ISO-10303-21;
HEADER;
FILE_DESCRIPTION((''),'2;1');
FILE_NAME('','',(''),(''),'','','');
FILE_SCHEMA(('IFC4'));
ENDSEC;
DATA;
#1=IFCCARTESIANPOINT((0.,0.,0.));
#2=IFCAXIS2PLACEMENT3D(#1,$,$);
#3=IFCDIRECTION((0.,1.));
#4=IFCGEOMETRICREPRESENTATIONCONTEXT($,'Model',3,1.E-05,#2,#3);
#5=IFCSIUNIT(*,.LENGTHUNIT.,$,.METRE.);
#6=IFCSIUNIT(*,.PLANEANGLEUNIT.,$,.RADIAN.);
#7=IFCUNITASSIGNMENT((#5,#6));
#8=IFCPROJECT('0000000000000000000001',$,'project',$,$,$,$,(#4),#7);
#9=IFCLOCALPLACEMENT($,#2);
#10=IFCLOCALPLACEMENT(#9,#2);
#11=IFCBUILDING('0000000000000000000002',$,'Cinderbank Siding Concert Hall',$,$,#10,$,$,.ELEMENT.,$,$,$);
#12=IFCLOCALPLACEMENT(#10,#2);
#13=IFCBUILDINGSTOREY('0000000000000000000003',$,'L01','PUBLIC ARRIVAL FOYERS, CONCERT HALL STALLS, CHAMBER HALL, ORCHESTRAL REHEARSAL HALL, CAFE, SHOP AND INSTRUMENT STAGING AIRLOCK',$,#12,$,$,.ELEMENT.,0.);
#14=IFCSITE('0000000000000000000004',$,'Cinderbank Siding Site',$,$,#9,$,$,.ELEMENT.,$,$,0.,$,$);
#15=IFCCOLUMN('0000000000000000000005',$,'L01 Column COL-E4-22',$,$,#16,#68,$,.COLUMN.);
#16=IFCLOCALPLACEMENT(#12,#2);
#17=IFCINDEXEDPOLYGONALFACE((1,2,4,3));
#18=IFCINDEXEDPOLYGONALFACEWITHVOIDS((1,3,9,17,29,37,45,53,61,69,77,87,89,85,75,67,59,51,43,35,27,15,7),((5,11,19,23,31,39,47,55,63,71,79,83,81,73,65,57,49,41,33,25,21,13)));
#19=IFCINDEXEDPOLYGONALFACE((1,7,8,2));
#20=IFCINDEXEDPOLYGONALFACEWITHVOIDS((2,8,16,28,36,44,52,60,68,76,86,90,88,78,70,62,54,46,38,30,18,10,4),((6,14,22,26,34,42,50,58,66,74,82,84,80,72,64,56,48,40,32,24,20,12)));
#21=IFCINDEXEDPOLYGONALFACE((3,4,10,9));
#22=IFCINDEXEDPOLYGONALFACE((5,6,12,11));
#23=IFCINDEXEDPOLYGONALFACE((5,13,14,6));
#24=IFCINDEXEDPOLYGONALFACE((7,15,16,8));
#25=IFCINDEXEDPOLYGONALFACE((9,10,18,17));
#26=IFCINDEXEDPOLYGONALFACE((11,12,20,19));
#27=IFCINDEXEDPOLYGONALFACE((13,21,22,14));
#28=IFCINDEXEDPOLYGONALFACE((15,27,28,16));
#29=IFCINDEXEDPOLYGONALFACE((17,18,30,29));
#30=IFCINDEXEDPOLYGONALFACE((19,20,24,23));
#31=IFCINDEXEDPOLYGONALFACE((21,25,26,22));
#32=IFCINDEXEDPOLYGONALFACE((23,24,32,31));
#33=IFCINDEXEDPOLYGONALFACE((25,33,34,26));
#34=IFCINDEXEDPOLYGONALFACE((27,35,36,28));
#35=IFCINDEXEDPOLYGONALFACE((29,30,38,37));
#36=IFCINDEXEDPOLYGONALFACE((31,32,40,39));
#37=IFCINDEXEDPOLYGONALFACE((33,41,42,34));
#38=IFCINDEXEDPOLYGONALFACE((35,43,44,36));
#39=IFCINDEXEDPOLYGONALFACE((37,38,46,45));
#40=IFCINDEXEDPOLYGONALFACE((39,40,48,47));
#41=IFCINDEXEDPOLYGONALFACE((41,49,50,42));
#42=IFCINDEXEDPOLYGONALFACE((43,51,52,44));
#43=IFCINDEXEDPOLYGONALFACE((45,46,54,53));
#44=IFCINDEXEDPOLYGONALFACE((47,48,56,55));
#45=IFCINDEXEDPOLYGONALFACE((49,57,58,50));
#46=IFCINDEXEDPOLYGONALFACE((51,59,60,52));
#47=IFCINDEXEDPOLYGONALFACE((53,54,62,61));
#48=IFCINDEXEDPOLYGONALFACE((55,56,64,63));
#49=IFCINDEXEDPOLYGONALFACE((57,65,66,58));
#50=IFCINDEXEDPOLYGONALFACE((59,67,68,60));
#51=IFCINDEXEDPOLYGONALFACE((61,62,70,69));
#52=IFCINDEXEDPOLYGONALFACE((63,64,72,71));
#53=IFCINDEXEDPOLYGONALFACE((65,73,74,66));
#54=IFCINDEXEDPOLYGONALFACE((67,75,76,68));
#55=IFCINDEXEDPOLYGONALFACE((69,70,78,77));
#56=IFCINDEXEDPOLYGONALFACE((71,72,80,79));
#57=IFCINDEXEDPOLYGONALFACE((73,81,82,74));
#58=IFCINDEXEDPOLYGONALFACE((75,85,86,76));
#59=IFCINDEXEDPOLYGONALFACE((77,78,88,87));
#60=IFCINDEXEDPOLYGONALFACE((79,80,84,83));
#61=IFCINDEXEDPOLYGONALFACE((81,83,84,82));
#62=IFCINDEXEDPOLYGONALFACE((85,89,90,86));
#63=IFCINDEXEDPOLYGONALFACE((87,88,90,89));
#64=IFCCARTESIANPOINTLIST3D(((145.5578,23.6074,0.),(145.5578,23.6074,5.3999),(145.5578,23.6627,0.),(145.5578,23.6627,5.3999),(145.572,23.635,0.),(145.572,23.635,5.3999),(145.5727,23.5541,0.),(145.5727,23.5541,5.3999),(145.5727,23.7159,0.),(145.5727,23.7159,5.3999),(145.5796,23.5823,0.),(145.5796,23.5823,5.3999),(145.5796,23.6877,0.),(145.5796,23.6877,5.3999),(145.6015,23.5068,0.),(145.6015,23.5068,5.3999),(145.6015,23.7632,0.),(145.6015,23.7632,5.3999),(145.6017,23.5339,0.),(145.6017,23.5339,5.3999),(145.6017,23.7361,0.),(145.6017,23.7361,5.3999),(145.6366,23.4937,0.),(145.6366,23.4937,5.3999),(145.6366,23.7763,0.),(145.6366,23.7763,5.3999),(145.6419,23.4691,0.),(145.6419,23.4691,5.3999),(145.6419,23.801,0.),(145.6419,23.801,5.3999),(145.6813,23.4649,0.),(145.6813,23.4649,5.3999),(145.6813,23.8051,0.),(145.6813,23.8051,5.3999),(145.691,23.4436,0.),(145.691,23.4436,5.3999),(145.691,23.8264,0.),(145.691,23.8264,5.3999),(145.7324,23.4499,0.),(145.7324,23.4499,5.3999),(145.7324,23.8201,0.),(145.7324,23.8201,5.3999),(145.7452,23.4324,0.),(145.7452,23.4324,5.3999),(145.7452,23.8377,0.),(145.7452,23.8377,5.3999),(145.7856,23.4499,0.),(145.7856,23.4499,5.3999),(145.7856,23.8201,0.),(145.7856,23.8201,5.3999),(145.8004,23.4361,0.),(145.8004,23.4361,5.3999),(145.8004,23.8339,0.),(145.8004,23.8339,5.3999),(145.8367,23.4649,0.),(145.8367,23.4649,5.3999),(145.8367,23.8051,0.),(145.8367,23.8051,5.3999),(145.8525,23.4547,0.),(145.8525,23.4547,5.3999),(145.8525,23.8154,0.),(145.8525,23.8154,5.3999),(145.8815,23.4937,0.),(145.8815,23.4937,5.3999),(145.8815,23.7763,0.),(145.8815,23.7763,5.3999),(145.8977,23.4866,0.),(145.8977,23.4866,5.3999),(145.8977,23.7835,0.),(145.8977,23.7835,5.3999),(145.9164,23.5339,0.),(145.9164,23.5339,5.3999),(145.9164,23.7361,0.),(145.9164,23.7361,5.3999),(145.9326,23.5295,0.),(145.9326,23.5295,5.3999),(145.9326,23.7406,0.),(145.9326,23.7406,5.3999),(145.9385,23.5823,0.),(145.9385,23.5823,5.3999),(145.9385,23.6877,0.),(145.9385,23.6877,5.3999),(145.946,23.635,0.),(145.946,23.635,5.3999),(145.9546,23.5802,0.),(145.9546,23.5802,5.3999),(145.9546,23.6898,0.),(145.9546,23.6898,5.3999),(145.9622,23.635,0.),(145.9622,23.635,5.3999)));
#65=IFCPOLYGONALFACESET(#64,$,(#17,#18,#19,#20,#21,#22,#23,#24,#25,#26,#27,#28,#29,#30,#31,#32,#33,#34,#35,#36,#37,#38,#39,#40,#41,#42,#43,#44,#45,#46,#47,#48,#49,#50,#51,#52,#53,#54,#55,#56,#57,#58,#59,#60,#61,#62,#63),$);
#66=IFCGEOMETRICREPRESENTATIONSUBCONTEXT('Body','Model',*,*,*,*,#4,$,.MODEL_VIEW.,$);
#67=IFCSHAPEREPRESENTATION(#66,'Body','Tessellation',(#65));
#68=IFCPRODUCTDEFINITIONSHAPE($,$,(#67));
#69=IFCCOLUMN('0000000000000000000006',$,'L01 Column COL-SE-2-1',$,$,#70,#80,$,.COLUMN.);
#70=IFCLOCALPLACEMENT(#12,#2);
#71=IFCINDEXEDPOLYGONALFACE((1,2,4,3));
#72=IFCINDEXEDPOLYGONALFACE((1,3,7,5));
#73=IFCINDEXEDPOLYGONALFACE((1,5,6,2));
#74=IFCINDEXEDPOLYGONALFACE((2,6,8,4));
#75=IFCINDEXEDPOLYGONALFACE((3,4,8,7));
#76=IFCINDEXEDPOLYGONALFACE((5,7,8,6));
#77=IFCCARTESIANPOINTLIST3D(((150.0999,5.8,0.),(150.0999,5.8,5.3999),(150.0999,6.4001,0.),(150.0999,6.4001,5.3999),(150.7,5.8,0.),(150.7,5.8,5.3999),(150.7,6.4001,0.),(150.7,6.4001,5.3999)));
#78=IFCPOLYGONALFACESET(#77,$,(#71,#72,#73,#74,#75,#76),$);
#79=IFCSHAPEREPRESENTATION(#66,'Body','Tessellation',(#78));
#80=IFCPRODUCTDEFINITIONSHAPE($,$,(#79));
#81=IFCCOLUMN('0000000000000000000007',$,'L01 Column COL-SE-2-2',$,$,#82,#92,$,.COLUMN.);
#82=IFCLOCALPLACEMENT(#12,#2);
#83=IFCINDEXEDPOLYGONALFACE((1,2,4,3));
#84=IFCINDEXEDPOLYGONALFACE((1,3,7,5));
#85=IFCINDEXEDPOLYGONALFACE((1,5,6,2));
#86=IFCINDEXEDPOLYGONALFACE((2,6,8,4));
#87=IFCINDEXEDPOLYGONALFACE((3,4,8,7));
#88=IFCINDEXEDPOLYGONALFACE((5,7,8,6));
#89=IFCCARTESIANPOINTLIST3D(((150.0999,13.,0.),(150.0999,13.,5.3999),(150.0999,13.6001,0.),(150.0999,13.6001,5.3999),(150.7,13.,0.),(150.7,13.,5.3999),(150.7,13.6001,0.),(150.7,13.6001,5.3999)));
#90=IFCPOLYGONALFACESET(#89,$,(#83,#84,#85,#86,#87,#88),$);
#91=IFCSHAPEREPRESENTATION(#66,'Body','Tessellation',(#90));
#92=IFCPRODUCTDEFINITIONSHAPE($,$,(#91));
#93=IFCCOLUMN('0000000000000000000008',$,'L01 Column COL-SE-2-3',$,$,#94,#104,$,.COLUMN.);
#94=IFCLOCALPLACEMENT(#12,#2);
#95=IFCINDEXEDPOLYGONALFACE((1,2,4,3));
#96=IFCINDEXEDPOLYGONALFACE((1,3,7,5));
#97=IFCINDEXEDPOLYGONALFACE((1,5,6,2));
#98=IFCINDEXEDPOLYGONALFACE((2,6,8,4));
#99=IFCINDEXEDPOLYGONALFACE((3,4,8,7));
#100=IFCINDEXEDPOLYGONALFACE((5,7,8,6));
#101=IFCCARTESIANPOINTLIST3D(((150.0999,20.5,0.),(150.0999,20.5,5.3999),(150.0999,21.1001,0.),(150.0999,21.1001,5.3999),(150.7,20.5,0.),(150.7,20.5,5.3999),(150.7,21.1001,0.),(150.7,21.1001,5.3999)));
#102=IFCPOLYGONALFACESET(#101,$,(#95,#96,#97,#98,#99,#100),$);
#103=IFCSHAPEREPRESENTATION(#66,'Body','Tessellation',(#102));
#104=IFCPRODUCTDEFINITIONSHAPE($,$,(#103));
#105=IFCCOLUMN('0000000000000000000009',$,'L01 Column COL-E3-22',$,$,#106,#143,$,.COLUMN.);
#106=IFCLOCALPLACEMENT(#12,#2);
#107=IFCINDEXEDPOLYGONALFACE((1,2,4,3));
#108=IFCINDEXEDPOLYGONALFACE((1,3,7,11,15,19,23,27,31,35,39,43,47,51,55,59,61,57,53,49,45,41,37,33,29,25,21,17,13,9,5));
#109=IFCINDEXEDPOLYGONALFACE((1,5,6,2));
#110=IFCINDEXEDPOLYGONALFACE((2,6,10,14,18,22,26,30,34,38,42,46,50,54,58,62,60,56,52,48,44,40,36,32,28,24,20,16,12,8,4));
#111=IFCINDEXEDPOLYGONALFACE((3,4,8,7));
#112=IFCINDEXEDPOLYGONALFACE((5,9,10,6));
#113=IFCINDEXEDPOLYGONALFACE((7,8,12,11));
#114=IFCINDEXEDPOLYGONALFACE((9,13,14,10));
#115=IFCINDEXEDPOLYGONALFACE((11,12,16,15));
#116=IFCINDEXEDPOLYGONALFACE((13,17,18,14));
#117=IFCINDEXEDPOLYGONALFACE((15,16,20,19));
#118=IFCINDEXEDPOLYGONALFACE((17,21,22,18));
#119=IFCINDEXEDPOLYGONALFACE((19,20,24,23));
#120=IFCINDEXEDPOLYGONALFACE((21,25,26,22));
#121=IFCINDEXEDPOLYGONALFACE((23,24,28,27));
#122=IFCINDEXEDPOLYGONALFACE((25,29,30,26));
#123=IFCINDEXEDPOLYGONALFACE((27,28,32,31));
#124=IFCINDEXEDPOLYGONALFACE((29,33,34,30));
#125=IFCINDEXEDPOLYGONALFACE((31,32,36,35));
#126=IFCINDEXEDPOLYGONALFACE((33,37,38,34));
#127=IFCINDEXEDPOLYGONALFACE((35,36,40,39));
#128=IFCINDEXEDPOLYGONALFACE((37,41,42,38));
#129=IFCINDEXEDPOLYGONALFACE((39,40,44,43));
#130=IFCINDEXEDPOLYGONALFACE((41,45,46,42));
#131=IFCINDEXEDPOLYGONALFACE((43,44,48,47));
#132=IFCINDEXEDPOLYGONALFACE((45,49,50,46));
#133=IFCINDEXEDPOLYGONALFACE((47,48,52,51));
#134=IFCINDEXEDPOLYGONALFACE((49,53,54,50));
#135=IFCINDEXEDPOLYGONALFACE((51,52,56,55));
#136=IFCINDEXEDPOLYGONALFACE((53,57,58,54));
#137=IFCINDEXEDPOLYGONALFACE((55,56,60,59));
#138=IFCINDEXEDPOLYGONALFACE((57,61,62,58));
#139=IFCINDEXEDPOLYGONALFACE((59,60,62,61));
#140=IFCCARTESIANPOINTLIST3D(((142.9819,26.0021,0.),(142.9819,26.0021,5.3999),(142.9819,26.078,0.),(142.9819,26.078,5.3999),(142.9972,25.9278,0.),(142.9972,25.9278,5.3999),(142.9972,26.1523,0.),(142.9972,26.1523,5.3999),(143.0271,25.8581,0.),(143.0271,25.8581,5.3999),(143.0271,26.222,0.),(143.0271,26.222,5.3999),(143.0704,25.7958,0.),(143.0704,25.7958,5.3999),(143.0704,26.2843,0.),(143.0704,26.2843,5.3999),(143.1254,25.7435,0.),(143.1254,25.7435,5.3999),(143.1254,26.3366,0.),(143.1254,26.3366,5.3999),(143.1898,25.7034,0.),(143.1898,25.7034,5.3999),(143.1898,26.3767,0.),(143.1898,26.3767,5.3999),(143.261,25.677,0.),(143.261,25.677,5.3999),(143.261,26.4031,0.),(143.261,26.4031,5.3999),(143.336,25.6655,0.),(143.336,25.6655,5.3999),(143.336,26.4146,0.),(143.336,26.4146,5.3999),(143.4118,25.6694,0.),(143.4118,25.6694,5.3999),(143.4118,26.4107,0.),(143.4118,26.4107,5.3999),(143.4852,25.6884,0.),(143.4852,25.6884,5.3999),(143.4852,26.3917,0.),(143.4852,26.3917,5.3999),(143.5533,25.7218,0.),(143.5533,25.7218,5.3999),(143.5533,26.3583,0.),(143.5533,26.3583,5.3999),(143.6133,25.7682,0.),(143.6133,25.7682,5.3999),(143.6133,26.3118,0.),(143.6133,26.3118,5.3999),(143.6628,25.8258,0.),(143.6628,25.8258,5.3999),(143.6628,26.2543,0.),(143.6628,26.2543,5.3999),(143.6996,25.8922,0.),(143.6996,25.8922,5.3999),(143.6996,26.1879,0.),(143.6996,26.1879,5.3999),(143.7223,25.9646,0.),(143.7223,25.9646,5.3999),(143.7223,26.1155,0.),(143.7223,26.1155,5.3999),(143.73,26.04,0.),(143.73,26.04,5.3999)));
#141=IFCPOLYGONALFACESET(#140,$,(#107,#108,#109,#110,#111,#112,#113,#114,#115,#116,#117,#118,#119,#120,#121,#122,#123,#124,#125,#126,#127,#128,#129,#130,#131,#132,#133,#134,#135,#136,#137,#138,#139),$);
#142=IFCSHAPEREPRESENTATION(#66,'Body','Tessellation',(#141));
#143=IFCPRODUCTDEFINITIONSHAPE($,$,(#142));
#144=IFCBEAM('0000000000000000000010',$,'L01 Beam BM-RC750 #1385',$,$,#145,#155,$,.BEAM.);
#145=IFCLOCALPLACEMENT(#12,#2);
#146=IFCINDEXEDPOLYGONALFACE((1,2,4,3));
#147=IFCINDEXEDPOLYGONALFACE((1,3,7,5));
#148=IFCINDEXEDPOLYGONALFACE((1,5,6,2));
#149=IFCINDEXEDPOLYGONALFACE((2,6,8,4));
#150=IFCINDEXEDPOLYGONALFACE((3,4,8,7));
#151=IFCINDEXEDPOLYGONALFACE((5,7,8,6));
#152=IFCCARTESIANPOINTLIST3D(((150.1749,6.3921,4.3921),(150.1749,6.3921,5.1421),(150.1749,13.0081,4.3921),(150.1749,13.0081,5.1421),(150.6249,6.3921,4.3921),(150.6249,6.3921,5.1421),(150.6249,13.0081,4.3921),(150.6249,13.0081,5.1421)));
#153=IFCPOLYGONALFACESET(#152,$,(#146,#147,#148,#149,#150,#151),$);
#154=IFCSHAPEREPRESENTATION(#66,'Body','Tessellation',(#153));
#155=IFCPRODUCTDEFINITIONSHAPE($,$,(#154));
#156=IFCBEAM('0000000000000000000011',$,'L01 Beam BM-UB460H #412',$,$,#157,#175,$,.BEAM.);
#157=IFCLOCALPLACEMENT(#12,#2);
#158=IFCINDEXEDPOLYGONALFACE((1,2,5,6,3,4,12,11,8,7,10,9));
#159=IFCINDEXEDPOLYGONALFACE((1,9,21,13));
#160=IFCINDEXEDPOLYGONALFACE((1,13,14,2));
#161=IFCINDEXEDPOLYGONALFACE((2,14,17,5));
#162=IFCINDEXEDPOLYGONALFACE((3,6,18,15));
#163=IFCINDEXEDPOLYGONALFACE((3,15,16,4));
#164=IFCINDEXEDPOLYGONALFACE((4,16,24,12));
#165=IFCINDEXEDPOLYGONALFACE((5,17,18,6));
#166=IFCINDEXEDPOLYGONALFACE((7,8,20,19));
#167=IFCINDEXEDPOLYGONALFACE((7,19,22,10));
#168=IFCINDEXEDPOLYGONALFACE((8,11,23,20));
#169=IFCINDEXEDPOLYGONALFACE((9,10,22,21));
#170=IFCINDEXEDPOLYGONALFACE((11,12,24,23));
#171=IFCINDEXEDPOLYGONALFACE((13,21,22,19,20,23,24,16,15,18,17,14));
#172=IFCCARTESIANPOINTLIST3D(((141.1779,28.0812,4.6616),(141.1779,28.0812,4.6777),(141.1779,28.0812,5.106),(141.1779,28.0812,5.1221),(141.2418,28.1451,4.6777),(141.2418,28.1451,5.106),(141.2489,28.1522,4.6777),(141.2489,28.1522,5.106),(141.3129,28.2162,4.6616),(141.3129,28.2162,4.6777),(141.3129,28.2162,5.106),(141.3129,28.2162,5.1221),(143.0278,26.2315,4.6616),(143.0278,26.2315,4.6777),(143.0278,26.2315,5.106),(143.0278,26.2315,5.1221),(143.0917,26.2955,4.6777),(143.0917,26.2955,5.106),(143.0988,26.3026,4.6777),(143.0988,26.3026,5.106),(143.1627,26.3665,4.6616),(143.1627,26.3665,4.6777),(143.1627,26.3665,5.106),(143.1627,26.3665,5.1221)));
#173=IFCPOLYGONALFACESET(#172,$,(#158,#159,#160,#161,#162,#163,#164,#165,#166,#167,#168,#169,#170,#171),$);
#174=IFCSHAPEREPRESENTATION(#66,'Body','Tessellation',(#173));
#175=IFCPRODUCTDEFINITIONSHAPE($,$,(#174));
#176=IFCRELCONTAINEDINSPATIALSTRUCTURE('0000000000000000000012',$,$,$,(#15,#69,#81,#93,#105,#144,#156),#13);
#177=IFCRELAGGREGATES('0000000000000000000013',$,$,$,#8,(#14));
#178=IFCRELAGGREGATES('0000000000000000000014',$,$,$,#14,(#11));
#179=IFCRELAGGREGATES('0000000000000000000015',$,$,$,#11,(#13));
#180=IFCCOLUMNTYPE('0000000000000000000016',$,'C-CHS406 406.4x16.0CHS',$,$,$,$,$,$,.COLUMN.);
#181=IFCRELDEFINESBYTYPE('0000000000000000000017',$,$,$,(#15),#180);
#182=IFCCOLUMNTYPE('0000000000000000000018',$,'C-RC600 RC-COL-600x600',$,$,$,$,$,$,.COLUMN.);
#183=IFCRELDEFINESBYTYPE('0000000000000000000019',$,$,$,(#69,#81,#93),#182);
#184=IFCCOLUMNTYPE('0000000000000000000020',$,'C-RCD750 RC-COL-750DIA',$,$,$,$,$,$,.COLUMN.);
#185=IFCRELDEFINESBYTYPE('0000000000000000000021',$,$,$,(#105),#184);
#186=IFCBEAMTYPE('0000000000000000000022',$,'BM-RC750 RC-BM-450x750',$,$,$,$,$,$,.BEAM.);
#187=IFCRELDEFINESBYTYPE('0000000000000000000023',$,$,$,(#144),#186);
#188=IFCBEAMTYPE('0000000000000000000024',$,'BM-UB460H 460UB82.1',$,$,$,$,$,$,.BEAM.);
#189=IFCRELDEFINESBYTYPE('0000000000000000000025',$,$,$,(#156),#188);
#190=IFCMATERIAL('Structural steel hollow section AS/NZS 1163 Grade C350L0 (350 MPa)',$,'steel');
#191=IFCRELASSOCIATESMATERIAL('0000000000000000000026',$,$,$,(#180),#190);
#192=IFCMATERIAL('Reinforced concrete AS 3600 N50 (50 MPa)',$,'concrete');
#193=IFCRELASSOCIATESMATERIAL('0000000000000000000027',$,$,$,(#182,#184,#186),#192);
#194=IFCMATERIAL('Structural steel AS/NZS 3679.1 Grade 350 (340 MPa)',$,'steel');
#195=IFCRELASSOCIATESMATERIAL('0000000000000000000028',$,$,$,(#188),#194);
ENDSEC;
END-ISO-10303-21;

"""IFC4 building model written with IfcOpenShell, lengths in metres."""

from ifc_helpers import new_model, si_unit, direction, frame, origin, origin_2d, place, context, subcontext, project, spatial, rectangle, circle, hollow_circle, i_section, extrude, material, material_profile, profile_set, type_object, element, save


model = new_model("IFC4")

# Units and contexts
model_context = context("Model", 3, precision=1e-05, world=origin(), true_north=direction((0.0, 1.0)))
body_context = subcontext(model_context, "Body", "Model", "MODEL_VIEW")
ifc_project = project(units=[si_unit("LENGTHUNIT", "METRE"), si_unit("PLANEANGLEUNIT", "RADIAN")], contexts=[model_context])

# Site, building, storey
site_placement = place(None, origin())
site = spatial("IfcSite", under=ifc_project, at=site_placement, Name="Cinderbank Siding Site", CompositionType="ELEMENT", RefElevation=0.0)
building_placement = place(site_placement, origin())
building = spatial("IfcBuilding", under=site, at=building_placement, Name="Cinderbank Siding Concert Hall", CompositionType="ELEMENT")
storey_placement = place(building_placement, origin())
storey = spatial("IfcBuildingStorey", under=building, at=storey_placement, Name="L01", Description="PUBLIC ARRIVAL FOYERS, CONCERT HALL STALLS, CHAMBER HALL, ORCHESTRAL REHEARSAL HALL, CAFE, SHOP AND INSTRUMENT STAGING AIRLOCK", CompositionType="ELEMENT", Elevation=0.0)

# Columns
ifc_material_1 = material(Name="Structural steel hollow section AS/NZS 1163 Grade C350L0 (350 MPa)", Category="steel")
ifc_material_profile_1 = material_profile(ifc_material_1, hollow_circle(Radius=0.2031, WallThickness=0.0161, at=origin_2d()), Name="406.4x16.0CHS", Category="LoadBearing")
ifc_profile_set_1 = profile_set([ifc_material_profile_1], Name="Structural steel hollow section AS/NZS 1163 Grade C350L0 (350 MPa)")
column_type_1 = type_object("IfcColumnType", Name="C-CHS406 406.4x16.0CHS", PredefinedType="COLUMN", material=ifc_profile_set_1)
column_1_placement = place(storey_placement, frame((145.759, 23.635, 0.0), z_axis=(0.0, 0.0, 1.0), x_axis=(1.0, 0.0, 0.0)))
element("IfcColumn", 1, at=column_1_placement, inside=storey, type_object=column_type_1, Name="L01 Column COL-E4-22", PredefinedType="COLUMN", context=body_context, shape_type="SweptSolid", body=[
    extrude(hollow_circle(Radius=0.2031, WallThickness=0.0161, at=origin_2d()), origin(), (0.0, 0.0, 1.0), 5.3999),
])
ifc_material_2 = material(Name="Reinforced concrete AS 3600 N50 (50 MPa)", Category="concrete")
ifc_material_profile_2 = material_profile(ifc_material_2, rectangle(XDim=0.6001, YDim=0.6001, at=origin_2d()), Name="RC-COL-600x600", Category="LoadBearing")
ifc_profile_set_2 = profile_set([ifc_material_profile_2], Name="Reinforced concrete AS 3600 N50 (50 MPa)")
column_type_2 = type_object("IfcColumnType", Name="C-RC600 RC-COL-600x600", PredefinedType="COLUMN", material=ifc_profile_set_2)
for number, where, z_axis, x_axis, name in (
    (2, (150.3999, 6.1001, 0.0), (0.0, 0.0, 1.0), (1.0, 0.0, 0.0), "L01 Column COL-SE-2-1"),
    (3, (150.3999, 13.3, 0.0), (0.0, 0.0, 1.0), (1.0, 0.0, 0.0), "L01 Column COL-SE-2-2"),
    (4, (150.3999, 20.8, 0.0), (0.0, 0.0, 1.0), (1.0, 0.0, 0.0), "L01 Column COL-SE-2-3"),
):
    element("IfcColumn", number, at=place(storey_placement, frame(where, z_axis=z_axis, x_axis=x_axis)), inside=storey, type_object=column_type_2, Name=name, PredefinedType="COLUMN", context=body_context, shape_type="SweptSolid", body=[
        extrude(rectangle(XDim=0.6001, YDim=0.6001, at=origin_2d()), origin(), (0.0, 0.0, 1.0), 5.3999),
    ])
ifc_material_profile_3 = material_profile(ifc_material_2, circle(Radius=0.375, at=origin_2d()), Name="RC-COL-750DIA", Category="LoadBearing")
ifc_profile_set_3 = profile_set([ifc_material_profile_3], Name="Reinforced concrete AS 3600 N50 (50 MPa)")
column_type_3 = type_object("IfcColumnType", Name="C-RCD750 RC-COL-750DIA", PredefinedType="COLUMN", material=ifc_profile_set_3)
column_2_placement = place(storey_placement, frame((143.355, 26.04, 0.0), z_axis=(0.0, 0.0, 1.0), x_axis=(1.0, 0.0, 0.0)))
element("IfcColumn", 5, at=column_2_placement, inside=storey, type_object=column_type_3, Name="L01 Column COL-E3-22", PredefinedType="COLUMN", context=body_context, shape_type="SweptSolid", body=[
    extrude(circle(Radius=0.375, at=origin_2d()), origin(), (0.0, 0.0, 1.0), 5.3999),
])

# Beams
ifc_material_profile_4 = material_profile(ifc_material_2, rectangle(XDim=0.45, YDim=0.75, at=origin_2d()), Name="RC-BM-450x750", Category="LoadBearing")
ifc_profile_set_4 = profile_set([ifc_material_profile_4], Name="Reinforced concrete AS 3600 N50 (50 MPa)")
beam_type_1 = type_object("IfcBeamType", Name="BM-RC750 RC-BM-450x750", PredefinedType="BEAM", material=ifc_profile_set_4)
beam_1_placement = place(storey_placement, frame((150.3999, 6.3921, 4.7671), z_axis=(0.0, 1.0, 0.0), x_axis=(-1.0, 0.0, 0.0)))
element("IfcBeam", 6, at=beam_1_placement, inside=storey, type_object=beam_type_1, Name="L01 Beam BM-RC750 #1385", PredefinedType="BEAM", context=body_context, shape_type="SweptSolid", body=[
    extrude(rectangle(XDim=0.45, YDim=0.75, at=origin_2d()), origin(), (0.0, 0.0, 1.0), 6.616),
])
ifc_material_3 = material(Name="Structural steel AS/NZS 3679.1 Grade 350 (340 MPa)", Category="steel")
ifc_material_profile_5 = material_profile(ifc_material_3, i_section(OverallWidth=0.1909, OverallDepth=0.4604, WebThickness=0.01, FlangeThickness=0.0161, at=origin_2d()), Name="460UB82.1", Category="LoadBearing")
ifc_profile_set_5 = profile_set([ifc_material_profile_5], Name="Structural steel AS/NZS 3679.1 Grade 350 (340 MPa)")
beam_type_2 = type_object("IfcBeamType", Name="BM-UB460H 460UB82.1", PredefinedType="BEAM", material=ifc_profile_set_5)
beam_2_placement = place(storey_placement, frame((141.2454, 28.1487, 4.8918), z_axis=(0.707153, -0.70706, 0.0), x_axis=(0.70706, 0.707153, 0.0)))
element("IfcBeam", 7, at=beam_2_placement, inside=storey, type_object=beam_type_2, Name="L01 Beam BM-UB460H #412", PredefinedType="BEAM", context=body_context, shape_type="SweptSolid", body=[
    extrude(i_section(OverallWidth=0.1909, OverallDepth=0.4604, WebThickness=0.01, FlangeThickness=0.0161, at=origin_2d()), origin(), (0.0, 0.0, 1.0), 2.616),
])

save(model, "model.ifc")
